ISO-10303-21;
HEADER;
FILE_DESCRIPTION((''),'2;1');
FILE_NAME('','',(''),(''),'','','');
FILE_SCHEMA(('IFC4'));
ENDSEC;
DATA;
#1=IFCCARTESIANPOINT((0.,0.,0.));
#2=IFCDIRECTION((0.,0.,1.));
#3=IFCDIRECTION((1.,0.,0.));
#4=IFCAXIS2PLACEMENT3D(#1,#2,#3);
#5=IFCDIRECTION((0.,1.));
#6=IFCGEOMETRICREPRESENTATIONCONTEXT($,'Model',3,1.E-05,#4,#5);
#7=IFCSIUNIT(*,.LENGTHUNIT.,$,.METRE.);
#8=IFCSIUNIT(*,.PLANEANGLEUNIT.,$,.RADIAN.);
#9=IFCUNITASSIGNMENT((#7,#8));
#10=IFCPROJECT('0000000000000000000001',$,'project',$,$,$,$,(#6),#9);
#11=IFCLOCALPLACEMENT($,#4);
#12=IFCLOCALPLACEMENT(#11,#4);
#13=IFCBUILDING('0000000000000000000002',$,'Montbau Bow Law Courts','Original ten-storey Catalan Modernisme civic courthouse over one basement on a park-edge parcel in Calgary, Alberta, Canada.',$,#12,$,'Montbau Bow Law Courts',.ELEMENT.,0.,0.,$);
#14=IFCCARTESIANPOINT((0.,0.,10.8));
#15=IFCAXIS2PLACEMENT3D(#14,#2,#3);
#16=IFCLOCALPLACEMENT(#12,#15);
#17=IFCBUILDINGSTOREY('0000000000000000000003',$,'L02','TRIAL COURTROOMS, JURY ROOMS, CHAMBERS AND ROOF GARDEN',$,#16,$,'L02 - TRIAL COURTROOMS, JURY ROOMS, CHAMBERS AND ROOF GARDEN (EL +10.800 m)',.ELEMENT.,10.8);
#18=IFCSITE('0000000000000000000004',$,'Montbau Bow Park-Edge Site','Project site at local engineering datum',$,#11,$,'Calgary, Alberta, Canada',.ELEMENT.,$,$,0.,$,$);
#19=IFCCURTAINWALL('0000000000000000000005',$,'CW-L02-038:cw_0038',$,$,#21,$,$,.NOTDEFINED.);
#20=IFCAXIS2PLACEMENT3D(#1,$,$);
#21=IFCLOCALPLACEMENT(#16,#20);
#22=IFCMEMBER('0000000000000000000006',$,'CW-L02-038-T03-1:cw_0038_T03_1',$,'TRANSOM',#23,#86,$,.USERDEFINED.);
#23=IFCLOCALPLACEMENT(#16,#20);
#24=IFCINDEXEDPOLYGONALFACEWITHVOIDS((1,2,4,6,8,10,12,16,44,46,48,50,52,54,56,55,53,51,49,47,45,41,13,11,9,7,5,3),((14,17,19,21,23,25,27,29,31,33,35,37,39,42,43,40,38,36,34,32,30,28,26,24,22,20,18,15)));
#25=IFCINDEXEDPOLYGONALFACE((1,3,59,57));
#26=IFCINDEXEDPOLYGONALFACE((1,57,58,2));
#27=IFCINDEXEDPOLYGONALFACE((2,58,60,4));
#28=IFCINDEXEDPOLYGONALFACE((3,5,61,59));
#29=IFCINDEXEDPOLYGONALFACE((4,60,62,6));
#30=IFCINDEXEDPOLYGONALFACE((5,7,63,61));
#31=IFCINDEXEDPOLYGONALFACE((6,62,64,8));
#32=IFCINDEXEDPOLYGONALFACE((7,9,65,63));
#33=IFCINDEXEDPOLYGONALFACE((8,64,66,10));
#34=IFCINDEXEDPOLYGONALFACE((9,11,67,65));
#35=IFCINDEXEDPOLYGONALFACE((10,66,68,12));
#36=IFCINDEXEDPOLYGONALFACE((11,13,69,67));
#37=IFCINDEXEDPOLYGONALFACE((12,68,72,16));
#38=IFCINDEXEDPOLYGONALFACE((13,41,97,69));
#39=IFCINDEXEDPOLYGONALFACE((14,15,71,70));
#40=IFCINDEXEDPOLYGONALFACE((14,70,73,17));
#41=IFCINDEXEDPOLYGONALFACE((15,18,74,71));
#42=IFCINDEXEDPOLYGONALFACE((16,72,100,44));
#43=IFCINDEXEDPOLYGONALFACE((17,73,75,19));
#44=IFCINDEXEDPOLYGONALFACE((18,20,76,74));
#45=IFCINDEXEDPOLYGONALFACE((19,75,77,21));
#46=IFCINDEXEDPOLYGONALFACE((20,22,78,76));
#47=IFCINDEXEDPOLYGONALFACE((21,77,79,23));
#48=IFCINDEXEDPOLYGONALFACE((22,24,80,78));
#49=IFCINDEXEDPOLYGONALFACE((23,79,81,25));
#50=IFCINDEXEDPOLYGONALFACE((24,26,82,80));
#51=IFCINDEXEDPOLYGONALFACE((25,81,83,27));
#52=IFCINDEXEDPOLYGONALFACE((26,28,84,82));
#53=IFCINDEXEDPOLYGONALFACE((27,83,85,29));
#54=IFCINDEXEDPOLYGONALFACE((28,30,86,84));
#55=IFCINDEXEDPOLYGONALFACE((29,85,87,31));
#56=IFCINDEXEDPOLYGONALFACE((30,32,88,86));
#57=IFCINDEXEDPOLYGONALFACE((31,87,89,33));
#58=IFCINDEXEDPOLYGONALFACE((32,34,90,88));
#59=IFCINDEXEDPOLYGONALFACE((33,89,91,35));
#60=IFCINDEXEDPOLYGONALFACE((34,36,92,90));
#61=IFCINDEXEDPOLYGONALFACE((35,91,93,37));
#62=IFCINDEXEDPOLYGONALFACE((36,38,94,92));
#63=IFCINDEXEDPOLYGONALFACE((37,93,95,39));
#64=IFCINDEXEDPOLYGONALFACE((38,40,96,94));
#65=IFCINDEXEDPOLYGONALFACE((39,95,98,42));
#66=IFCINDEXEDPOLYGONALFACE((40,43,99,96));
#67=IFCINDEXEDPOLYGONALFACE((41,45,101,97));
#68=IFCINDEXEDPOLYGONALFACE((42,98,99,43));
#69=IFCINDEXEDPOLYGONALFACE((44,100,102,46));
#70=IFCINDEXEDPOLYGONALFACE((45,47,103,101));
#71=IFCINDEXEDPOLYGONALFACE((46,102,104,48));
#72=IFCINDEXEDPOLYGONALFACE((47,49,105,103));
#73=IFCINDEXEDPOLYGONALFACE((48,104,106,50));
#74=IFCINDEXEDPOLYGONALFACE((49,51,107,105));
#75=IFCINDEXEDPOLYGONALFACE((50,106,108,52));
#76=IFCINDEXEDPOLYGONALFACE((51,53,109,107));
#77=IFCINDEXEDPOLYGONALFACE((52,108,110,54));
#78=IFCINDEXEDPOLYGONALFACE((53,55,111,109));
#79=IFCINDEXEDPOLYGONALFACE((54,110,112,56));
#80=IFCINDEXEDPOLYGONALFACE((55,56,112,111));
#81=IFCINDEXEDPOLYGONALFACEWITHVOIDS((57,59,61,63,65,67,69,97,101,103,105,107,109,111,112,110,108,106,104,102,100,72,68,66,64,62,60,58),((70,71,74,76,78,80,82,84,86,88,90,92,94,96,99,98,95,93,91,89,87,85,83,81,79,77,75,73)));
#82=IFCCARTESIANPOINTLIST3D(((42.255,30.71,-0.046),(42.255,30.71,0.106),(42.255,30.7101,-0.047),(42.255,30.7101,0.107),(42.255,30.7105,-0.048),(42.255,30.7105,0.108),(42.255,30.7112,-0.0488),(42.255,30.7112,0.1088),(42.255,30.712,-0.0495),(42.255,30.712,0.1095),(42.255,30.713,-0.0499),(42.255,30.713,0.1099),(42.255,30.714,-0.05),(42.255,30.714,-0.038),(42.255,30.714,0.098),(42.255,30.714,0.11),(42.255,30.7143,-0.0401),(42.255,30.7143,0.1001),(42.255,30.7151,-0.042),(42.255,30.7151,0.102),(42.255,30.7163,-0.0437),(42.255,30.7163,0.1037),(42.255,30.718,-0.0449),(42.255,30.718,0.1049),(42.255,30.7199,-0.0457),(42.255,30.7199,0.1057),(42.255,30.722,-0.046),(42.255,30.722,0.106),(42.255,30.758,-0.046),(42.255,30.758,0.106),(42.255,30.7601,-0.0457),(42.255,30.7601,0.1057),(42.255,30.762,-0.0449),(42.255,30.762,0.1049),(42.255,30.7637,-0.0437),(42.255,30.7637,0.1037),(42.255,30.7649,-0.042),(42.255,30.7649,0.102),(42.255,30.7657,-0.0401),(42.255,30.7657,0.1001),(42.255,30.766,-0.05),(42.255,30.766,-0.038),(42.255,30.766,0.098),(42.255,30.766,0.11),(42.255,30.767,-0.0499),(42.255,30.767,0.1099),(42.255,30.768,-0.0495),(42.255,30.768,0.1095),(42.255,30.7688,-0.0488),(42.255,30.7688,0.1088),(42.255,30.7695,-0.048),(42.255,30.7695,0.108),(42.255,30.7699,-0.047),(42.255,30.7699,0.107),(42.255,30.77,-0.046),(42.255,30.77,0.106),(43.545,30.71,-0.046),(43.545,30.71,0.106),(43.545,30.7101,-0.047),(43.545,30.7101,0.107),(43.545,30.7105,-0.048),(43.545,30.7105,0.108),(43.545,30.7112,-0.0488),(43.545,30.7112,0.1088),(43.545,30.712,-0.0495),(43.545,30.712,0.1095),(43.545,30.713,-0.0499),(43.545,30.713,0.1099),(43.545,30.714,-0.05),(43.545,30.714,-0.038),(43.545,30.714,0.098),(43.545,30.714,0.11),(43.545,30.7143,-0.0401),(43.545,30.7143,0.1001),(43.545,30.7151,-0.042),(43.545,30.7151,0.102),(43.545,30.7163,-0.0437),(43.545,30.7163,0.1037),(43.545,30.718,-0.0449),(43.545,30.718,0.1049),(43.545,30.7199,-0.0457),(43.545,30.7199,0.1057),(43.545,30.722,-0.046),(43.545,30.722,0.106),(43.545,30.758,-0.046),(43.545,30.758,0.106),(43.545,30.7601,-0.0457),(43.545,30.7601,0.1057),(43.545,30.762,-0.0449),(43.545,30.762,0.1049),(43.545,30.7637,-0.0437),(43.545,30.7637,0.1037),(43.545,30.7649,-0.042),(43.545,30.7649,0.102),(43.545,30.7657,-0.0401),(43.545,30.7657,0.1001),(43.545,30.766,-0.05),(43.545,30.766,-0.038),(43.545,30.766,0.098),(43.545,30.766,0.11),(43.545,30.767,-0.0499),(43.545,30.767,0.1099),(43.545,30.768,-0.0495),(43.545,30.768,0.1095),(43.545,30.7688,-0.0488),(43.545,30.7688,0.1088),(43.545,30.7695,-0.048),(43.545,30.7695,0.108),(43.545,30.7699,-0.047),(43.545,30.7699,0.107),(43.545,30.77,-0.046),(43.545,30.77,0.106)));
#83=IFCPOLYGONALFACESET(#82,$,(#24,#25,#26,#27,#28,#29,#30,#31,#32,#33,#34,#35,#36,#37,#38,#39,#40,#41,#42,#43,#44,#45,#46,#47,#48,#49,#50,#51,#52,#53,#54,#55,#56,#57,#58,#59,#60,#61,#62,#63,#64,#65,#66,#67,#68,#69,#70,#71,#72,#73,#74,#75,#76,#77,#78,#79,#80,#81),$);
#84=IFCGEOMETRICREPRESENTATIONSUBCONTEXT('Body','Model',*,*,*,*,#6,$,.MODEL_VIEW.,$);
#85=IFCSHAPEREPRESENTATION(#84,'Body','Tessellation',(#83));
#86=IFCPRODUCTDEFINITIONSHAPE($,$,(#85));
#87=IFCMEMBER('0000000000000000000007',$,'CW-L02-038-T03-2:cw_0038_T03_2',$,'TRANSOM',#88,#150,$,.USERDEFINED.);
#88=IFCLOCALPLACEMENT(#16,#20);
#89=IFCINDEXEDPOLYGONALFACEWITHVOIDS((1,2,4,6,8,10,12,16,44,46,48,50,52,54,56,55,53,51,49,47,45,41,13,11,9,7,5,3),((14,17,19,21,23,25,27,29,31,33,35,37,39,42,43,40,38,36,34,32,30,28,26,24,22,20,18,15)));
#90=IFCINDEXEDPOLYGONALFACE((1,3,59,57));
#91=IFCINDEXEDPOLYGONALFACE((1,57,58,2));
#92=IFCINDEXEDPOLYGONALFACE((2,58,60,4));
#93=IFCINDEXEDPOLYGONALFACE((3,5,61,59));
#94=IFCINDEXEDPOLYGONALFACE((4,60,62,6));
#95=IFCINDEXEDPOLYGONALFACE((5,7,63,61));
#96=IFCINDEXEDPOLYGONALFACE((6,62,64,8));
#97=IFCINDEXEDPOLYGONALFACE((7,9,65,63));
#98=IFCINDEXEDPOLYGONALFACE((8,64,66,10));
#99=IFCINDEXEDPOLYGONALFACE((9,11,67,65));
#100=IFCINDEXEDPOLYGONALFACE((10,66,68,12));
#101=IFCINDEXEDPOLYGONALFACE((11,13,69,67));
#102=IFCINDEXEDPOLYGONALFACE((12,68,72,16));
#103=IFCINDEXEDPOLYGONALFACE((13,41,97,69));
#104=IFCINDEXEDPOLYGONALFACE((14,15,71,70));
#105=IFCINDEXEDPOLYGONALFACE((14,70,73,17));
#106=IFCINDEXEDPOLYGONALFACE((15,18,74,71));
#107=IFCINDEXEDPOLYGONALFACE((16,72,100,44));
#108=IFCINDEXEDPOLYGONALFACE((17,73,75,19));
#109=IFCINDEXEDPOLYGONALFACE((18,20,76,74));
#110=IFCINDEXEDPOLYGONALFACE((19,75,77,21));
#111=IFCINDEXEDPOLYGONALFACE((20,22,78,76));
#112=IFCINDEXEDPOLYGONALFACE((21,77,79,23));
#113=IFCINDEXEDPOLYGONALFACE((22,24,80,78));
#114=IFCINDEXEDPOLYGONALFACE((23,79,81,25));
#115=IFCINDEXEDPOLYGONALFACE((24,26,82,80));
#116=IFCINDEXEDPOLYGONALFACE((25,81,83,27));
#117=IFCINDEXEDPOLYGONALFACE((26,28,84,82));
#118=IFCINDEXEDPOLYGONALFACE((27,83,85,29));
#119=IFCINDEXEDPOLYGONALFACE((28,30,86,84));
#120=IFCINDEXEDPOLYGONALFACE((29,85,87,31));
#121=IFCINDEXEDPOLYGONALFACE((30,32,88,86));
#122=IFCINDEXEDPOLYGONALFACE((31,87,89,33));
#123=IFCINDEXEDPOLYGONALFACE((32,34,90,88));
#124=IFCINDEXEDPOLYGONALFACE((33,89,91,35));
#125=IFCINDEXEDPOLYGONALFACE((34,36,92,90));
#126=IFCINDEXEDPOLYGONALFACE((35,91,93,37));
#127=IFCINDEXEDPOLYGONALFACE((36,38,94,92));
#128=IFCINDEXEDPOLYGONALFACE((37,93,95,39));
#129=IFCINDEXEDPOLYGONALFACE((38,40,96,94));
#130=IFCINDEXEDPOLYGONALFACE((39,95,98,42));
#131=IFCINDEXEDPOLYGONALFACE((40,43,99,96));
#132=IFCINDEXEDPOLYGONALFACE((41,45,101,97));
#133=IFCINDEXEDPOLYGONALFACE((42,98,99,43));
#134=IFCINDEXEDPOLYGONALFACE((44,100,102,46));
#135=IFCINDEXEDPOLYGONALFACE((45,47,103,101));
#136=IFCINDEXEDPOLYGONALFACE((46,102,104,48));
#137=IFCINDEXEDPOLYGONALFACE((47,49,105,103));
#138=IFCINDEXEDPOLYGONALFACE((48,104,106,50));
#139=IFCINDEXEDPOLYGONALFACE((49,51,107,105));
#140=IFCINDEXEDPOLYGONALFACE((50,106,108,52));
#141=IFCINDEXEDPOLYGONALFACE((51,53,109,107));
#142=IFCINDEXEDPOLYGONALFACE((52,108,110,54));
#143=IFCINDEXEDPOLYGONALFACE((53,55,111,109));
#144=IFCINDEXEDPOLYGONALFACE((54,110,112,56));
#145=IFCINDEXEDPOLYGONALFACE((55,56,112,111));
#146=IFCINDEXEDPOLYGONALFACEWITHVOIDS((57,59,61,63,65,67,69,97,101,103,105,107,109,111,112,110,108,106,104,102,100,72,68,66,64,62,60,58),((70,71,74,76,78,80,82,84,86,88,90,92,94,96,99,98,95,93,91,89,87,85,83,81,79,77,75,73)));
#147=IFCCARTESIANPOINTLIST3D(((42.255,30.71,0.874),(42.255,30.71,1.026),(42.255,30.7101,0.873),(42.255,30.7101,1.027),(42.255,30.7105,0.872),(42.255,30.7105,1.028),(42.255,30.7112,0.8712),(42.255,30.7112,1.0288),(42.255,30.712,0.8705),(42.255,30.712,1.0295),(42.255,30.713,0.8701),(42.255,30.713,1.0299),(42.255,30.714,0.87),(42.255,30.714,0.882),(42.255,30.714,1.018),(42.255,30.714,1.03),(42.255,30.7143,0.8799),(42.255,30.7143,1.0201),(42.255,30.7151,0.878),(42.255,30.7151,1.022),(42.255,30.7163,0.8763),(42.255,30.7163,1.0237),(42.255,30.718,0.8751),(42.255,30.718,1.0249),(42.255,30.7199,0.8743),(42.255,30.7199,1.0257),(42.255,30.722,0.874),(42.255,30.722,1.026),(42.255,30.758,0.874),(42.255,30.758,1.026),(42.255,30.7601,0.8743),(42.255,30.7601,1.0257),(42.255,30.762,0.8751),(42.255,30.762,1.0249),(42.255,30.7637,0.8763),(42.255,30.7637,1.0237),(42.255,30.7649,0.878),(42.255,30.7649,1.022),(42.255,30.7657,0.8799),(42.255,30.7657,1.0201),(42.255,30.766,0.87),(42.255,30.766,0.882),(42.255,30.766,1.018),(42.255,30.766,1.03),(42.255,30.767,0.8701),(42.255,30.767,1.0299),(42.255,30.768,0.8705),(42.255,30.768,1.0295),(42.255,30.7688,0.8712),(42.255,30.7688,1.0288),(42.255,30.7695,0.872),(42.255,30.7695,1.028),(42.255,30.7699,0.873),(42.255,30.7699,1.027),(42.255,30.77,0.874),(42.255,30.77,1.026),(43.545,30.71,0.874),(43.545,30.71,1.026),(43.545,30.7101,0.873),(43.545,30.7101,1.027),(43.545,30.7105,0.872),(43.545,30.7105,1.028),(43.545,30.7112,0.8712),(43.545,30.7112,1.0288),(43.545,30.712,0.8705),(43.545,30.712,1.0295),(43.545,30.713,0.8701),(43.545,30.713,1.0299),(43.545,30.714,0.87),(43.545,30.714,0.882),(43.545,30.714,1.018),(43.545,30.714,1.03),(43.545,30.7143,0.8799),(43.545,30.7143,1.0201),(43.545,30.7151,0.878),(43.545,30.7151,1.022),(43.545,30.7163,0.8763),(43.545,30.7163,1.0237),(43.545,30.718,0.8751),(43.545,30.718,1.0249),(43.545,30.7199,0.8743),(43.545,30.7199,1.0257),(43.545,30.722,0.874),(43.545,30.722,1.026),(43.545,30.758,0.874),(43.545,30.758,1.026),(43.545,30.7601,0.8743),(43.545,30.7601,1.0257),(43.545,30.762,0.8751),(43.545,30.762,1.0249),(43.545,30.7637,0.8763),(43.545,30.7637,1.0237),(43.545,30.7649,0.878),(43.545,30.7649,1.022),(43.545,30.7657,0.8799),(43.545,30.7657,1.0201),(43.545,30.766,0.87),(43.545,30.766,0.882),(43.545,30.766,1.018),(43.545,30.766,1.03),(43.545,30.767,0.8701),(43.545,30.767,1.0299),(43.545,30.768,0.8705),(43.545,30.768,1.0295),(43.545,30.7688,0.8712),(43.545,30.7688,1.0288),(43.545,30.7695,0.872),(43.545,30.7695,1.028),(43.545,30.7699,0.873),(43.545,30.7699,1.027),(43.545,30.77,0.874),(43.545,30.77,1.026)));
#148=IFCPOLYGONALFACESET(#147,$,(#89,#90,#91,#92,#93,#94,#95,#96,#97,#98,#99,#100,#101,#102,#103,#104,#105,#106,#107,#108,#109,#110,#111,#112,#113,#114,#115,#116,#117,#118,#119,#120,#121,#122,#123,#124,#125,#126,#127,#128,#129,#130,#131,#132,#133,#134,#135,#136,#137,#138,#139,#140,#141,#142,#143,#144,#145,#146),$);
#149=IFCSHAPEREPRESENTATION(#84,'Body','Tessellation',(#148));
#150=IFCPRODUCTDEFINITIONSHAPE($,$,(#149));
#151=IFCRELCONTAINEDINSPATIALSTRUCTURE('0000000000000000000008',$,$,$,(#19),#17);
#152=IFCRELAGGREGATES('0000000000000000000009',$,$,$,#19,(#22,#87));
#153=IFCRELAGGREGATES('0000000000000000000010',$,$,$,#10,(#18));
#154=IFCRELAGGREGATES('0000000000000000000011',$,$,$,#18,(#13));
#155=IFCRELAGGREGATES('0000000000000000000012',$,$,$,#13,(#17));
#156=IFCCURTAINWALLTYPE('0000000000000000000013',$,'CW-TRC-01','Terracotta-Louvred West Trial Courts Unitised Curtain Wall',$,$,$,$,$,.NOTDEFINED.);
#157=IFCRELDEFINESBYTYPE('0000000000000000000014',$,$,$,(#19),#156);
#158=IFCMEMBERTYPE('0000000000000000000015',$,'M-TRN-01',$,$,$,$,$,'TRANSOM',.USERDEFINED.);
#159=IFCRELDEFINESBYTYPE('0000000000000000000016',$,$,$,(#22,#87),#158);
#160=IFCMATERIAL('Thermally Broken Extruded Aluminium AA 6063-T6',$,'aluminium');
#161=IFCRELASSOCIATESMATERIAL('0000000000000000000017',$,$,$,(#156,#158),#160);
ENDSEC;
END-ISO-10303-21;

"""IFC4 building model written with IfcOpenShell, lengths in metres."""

from ifc_helpers import new_model, si_unit, direction, frame, origin_with_axes, origin_2d_with_axis, place, context, subcontext, project, spatial, hollow_rectangle, extrude, material, material_profile, profile_set, type_object, element, aggregate, save


model = new_model("IFC4")

# Units and contexts
model_context = context("Model", 3, precision=1e-05, world=origin_with_axes(), true_north=direction((0.0, 1.0)))
body_context = subcontext(model_context, "Body", "Model", "MODEL_VIEW")
ifc_project = project(units=[si_unit("LENGTHUNIT", "METRE"), si_unit("PLANEANGLEUNIT", "RADIAN")], contexts=[model_context])

# Site, building, storey
site_placement = place(None, origin_with_axes())
site = spatial("IfcSite", under=ifc_project, at=site_placement, Name="Montbau Bow Park-Edge Site", Description="Project site at local engineering datum", LongName="Calgary, Alberta, Canada", CompositionType="ELEMENT", RefElevation=0.0)
building_placement = place(site_placement, origin_with_axes())
building = spatial("IfcBuilding", under=site, at=building_placement, Name="Montbau Bow Law Courts", Description="Original ten-storey Catalan Modernisme civic courthouse over one basement on a park-edge parcel in Calgary, Alberta, Canada.", LongName="Montbau Bow Law Courts", CompositionType="ELEMENT", ElevationOfRefHeight=0.0, ElevationOfTerrain=0.0)
storey_placement = place(building_placement, frame((0.0, 0.0, 10.8), z_axis=(0.0, 0.0, 1.0), x_axis=(1.0, 0.0, 0.0)))
storey = spatial("IfcBuildingStorey", under=building, at=storey_placement, Name="L02", Description="TRIAL COURTROOMS, JURY ROOMS, CHAMBERS AND ROOF GARDEN", LongName="L02 - TRIAL COURTROOMS, JURY ROOMS, CHAMBERS AND ROOF GARDEN (EL +10.800 m)", CompositionType="ELEMENT", Elevation=10.8)

# Curtain wall, members
ifc_material_1 = material(Name="Thermally Broken Extruded Aluminium AA 6063-T6", Category="aluminium")
curtain_wall_type = type_object("IfcCurtainWallType", Name="CW-TRC-01", Description="Terracotta-Louvred West Trial Courts Unitised Curtain Wall", PredefinedType="NOTDEFINED", material=ifc_material_1)
curtain_wall_placement = place(None, frame((39.515, 30.74, 10.8), z_axis=(0.0, 0.0, 1.0), x_axis=(1.0, 0.0, 0.0)))
curtain_wall = element("IfcCurtainWall", 1, at=curtain_wall_placement, inside=storey, type_object=curtain_wall_type, Name="CW-L02-038:cw_0038", PredefinedType="NOTDEFINED")
ifc_material_profile_1 = material_profile(ifc_material_1, hollow_rectangle(XDim=0.06, YDim=0.16, WallThickness=0.004, InnerFilletRadius=0.008, OuterFilletRadius=0.004, at=origin_2d_with_axis()), Name="CWT-160X60", Category="Main", Priority=0)
ifc_profile_set_1 = profile_set([ifc_material_profile_1], Name="Thermally Broken Extruded Aluminium AA 6063-T6")
member_type_1 = type_object("IfcMemberType", Name="M-TRN-01", ElementType="TRANSOM", PredefinedType="USERDEFINED", material=ifc_profile_set_1)
member_1_placement = place(None, frame((42.255, 30.74, 10.83), z_axis=(1.0, 0.0, 0.0), x_axis=(0.0, 1.0, 0.0)))
member_1 = element("IfcMember", 2, at=member_1_placement, type_object=member_type_1, Name="CW-L02-038-T03-1:cw_0038_T03_1", ObjectType="TRANSOM", PredefinedType="USERDEFINED", context=body_context, shape_type="SweptSolid", body=[
    extrude(hollow_rectangle(XDim=0.06, YDim=0.16, WallThickness=0.004, InnerFilletRadius=0.008, OuterFilletRadius=0.004, at=origin_2d_with_axis()), origin_with_axes(), (0.0, 0.0, 1.0), 1.29),
])
member_2_placement = place(None, frame((42.255, 30.74, 11.75), z_axis=(1.0, 0.0, 0.0), x_axis=(0.0, 1.0, 0.0)))
member_2 = element("IfcMember", 3, at=member_2_placement, type_object=member_type_1, Name="CW-L02-038-T03-2:cw_0038_T03_2", ObjectType="TRANSOM", PredefinedType="USERDEFINED", context=body_context, shape_type="SweptSolid", body=[
    extrude(hollow_rectangle(XDim=0.06, YDim=0.16, WallThickness=0.004, InnerFilletRadius=0.008, OuterFilletRadius=0.004, at=origin_2d_with_axis()), origin_with_axes(), (0.0, 0.0, 1.0), 1.29),
])
aggregate(curtain_wall, [member_1, member_2])

save(model, "model.ifc")
